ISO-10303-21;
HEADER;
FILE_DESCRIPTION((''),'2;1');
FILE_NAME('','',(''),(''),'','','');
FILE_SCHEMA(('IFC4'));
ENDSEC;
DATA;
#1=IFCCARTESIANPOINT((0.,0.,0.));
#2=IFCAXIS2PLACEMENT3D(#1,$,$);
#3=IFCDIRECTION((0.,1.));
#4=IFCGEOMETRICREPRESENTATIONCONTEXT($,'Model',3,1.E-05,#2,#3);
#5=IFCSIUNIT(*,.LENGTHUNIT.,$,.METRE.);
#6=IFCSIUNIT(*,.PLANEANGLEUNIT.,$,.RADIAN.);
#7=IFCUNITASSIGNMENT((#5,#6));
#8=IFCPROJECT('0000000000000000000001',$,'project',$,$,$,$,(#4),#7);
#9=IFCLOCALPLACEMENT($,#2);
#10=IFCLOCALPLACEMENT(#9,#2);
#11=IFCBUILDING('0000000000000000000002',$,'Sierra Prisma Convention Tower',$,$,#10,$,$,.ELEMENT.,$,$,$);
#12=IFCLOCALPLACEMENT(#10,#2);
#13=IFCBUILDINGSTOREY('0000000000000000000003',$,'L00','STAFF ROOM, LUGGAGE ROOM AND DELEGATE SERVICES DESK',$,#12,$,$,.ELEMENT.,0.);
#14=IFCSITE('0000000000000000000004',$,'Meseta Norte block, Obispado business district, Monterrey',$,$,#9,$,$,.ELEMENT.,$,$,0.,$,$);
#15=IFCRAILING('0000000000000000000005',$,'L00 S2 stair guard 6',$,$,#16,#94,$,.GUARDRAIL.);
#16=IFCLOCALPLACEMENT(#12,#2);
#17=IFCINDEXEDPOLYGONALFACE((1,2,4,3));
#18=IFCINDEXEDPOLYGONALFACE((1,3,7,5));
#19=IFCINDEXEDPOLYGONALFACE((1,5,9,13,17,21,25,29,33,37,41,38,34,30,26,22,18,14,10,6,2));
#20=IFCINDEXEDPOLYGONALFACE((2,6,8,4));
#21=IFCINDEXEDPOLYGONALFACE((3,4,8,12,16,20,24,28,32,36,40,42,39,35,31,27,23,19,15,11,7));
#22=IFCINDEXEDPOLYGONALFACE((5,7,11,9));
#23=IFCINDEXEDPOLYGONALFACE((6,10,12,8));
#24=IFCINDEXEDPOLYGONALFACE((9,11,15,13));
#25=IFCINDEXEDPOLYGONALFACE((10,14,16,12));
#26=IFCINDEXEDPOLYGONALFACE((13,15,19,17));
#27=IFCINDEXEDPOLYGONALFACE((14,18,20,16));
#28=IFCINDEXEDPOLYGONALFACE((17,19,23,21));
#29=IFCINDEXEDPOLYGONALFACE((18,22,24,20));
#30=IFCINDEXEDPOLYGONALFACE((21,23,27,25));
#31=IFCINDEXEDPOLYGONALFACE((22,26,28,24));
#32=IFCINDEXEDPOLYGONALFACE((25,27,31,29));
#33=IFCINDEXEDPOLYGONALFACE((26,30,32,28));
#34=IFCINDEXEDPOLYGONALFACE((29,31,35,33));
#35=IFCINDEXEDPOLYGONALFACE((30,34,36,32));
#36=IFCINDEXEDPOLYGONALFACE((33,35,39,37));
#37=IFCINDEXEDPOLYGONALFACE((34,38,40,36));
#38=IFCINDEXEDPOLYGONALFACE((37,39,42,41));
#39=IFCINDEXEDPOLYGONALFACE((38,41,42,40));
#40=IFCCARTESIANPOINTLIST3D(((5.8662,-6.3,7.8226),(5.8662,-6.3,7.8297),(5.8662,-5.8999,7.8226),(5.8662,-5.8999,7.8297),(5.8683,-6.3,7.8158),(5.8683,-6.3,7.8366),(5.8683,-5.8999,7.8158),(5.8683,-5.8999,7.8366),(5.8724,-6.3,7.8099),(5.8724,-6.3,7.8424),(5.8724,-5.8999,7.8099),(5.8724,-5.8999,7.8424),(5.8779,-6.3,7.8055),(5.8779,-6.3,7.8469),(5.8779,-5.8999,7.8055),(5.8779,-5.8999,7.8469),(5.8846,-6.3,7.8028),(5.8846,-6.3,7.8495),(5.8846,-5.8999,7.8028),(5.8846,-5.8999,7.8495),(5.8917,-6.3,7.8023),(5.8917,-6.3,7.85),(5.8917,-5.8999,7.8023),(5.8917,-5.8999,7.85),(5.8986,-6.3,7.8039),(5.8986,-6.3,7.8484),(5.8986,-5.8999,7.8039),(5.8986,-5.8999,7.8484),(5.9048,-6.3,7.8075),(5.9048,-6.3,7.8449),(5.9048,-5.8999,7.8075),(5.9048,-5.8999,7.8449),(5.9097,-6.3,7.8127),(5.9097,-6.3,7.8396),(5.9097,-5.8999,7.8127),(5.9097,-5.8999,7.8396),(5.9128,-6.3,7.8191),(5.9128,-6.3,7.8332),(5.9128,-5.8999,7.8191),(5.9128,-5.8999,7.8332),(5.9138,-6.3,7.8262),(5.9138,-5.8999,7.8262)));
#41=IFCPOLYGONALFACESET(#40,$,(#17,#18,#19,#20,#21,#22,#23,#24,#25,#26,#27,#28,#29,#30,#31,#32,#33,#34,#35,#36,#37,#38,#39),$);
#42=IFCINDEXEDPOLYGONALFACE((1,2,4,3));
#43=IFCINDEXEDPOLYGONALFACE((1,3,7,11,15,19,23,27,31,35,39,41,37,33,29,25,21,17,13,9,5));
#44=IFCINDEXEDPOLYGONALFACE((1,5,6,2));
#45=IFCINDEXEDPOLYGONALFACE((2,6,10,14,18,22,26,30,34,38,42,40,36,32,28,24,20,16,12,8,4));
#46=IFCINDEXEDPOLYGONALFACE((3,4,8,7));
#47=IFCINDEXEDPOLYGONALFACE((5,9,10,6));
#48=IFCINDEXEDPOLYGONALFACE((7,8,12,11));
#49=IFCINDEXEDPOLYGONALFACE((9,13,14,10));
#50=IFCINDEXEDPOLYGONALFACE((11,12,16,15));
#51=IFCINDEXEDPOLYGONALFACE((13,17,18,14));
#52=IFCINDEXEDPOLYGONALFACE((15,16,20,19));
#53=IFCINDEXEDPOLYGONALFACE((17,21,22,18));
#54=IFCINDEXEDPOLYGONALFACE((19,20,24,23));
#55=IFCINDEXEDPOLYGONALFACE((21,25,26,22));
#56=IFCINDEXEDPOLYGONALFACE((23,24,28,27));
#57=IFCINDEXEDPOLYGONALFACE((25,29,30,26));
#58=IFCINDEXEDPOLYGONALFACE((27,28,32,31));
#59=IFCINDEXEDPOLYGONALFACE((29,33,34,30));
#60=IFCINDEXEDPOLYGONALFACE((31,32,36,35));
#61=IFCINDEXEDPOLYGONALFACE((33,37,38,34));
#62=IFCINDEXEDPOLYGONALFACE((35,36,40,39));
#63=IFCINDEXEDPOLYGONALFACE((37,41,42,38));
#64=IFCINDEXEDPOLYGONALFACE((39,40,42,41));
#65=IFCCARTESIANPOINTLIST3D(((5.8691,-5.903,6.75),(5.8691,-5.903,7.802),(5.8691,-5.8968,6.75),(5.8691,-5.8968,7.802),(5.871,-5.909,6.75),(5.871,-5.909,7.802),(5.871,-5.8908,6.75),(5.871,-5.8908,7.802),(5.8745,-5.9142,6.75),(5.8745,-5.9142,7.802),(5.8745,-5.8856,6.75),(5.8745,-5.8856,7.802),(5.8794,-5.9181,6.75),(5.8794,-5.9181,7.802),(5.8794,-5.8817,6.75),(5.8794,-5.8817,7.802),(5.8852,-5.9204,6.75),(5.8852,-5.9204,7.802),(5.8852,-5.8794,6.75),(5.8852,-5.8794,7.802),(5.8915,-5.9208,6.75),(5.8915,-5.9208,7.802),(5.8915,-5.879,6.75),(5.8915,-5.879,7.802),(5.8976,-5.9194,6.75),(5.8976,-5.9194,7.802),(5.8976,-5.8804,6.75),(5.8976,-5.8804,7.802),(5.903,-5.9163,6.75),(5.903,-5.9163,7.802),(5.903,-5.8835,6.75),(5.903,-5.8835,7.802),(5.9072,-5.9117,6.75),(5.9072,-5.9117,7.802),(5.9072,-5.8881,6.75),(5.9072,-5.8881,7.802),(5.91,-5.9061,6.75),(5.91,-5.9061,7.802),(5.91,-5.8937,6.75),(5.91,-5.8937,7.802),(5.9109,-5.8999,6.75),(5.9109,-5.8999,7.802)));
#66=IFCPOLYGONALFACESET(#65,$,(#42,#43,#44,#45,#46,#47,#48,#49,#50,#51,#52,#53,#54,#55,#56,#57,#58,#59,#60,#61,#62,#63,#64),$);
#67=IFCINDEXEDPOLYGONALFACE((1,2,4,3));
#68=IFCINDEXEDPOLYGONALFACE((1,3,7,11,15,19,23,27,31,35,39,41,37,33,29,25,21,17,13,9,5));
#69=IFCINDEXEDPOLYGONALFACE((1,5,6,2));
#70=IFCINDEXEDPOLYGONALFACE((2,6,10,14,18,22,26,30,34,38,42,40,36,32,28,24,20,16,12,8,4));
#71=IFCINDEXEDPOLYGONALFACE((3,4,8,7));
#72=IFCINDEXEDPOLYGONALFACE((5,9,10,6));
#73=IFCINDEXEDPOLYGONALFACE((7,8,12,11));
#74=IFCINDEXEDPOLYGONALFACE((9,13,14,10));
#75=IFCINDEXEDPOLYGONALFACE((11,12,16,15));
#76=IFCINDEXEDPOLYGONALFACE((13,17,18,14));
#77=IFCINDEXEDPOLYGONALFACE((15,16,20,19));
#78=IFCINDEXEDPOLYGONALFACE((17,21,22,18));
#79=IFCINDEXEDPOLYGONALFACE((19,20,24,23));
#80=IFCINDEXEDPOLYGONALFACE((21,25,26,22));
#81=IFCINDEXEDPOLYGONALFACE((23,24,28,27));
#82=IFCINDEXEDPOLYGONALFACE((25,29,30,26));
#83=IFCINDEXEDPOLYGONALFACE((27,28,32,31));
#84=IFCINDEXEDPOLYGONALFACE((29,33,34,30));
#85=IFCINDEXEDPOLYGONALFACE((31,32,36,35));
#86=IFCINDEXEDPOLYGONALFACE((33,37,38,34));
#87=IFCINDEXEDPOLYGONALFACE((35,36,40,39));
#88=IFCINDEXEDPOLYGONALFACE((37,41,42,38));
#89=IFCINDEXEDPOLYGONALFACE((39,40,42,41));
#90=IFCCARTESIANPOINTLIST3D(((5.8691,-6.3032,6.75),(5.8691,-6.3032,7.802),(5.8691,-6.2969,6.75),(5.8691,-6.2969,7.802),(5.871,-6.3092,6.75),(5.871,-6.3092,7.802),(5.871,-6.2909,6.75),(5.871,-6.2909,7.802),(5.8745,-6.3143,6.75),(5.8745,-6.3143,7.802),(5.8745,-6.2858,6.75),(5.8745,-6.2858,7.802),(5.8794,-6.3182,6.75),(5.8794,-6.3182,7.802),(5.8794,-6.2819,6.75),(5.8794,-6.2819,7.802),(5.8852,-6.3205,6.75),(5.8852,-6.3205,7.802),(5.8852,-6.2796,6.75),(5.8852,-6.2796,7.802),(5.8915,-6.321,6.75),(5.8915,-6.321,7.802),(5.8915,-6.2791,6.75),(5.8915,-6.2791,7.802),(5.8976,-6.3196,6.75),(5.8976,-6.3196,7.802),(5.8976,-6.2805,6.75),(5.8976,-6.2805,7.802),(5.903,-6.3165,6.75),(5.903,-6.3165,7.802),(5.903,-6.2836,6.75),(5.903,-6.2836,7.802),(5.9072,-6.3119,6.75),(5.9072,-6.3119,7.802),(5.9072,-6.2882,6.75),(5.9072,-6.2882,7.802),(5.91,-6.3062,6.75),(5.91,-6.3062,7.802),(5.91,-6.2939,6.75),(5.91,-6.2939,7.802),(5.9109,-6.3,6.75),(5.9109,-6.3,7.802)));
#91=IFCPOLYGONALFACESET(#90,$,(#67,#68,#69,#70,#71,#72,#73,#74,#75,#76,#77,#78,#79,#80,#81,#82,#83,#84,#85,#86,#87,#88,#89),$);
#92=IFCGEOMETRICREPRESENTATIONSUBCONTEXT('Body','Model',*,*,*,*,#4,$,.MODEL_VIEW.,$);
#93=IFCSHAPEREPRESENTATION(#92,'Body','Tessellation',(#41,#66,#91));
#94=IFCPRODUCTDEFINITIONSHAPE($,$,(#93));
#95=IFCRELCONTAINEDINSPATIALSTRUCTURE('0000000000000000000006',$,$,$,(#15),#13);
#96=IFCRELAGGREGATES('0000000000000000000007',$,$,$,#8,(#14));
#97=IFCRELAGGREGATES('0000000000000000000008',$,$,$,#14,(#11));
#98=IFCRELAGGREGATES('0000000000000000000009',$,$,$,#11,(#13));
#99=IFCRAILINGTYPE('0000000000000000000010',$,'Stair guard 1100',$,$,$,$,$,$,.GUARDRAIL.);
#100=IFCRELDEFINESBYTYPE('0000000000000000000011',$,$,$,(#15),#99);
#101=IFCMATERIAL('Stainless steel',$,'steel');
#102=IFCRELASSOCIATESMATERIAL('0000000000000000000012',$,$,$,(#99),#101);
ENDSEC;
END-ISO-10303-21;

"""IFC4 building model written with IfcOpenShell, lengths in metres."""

from ifc_helpers import new_model, si_unit, direction, frame, origin, origin_2d, place, context, subcontext, project, spatial, circle, extrude, material, type_object, element, save


model = new_model("IFC4")

# Units and contexts
model_context = context("Model", 3, precision=1e-05, world=origin(), true_north=direction((0.0, 1.0)))
body_context = subcontext(model_context, "Body", "Model", "MODEL_VIEW")
ifc_project = project(units=[si_unit("LENGTHUNIT", "METRE"), si_unit("PLANEANGLEUNIT", "RADIAN")], contexts=[model_context])

# Site, building, storey
site_placement = place(None, origin())
site = spatial("IfcSite", under=ifc_project, at=site_placement, Name="Meseta Norte block, Obispado business district, Monterrey", CompositionType="ELEMENT", RefElevation=0.0)
building_placement = place(site_placement, origin())
building = spatial("IfcBuilding", under=site, at=building_placement, Name="Sierra Prisma Convention Tower", CompositionType="ELEMENT")
storey_placement = place(building_placement, origin())
storey = spatial("IfcBuildingStorey", under=building, at=storey_placement, Name="L00", Description="STAFF ROOM, LUGGAGE ROOM AND DELEGATE SERVICES DESK", CompositionType="ELEMENT", Elevation=0.0)

# Railing
ifc_material_1 = material(Name="Stainless steel", Category="steel")
railing_type_1 = type_object("IfcRailingType", Name="Stair guard 1100", PredefinedType="GUARDRAIL", material=ifc_material_1)
railing_1_placement = place(storey_placement, frame((5.8899, -5.8999, 6.75)))
element("IfcRailing", 1, at=railing_1_placement, inside=storey, type_object=railing_type_1, Name="L00 S2 stair guard 6", PredefinedType="GUARDRAIL", context=body_context, shape_type="SweptSolid", body=[
    extrude(circle(Radius=0.0239, at=origin_2d()), frame((0.0, 0.0, 1.0762), z_axis=(0.0, -1.0, 0.0), x_axis=(1.0, 0.0, 0.0)), (0.0, 0.0, 1.0), 0.4001),
    extrude(circle(Radius=0.021, at=origin_2d()), origin(), (0.0, 0.0, 1.0), 1.052),
    extrude(circle(Radius=0.021, at=origin_2d()), frame((0.0, -0.4001, 0.0)), (0.0, 0.0, 1.0), 1.052),
])

save(model, "model.ifc")
